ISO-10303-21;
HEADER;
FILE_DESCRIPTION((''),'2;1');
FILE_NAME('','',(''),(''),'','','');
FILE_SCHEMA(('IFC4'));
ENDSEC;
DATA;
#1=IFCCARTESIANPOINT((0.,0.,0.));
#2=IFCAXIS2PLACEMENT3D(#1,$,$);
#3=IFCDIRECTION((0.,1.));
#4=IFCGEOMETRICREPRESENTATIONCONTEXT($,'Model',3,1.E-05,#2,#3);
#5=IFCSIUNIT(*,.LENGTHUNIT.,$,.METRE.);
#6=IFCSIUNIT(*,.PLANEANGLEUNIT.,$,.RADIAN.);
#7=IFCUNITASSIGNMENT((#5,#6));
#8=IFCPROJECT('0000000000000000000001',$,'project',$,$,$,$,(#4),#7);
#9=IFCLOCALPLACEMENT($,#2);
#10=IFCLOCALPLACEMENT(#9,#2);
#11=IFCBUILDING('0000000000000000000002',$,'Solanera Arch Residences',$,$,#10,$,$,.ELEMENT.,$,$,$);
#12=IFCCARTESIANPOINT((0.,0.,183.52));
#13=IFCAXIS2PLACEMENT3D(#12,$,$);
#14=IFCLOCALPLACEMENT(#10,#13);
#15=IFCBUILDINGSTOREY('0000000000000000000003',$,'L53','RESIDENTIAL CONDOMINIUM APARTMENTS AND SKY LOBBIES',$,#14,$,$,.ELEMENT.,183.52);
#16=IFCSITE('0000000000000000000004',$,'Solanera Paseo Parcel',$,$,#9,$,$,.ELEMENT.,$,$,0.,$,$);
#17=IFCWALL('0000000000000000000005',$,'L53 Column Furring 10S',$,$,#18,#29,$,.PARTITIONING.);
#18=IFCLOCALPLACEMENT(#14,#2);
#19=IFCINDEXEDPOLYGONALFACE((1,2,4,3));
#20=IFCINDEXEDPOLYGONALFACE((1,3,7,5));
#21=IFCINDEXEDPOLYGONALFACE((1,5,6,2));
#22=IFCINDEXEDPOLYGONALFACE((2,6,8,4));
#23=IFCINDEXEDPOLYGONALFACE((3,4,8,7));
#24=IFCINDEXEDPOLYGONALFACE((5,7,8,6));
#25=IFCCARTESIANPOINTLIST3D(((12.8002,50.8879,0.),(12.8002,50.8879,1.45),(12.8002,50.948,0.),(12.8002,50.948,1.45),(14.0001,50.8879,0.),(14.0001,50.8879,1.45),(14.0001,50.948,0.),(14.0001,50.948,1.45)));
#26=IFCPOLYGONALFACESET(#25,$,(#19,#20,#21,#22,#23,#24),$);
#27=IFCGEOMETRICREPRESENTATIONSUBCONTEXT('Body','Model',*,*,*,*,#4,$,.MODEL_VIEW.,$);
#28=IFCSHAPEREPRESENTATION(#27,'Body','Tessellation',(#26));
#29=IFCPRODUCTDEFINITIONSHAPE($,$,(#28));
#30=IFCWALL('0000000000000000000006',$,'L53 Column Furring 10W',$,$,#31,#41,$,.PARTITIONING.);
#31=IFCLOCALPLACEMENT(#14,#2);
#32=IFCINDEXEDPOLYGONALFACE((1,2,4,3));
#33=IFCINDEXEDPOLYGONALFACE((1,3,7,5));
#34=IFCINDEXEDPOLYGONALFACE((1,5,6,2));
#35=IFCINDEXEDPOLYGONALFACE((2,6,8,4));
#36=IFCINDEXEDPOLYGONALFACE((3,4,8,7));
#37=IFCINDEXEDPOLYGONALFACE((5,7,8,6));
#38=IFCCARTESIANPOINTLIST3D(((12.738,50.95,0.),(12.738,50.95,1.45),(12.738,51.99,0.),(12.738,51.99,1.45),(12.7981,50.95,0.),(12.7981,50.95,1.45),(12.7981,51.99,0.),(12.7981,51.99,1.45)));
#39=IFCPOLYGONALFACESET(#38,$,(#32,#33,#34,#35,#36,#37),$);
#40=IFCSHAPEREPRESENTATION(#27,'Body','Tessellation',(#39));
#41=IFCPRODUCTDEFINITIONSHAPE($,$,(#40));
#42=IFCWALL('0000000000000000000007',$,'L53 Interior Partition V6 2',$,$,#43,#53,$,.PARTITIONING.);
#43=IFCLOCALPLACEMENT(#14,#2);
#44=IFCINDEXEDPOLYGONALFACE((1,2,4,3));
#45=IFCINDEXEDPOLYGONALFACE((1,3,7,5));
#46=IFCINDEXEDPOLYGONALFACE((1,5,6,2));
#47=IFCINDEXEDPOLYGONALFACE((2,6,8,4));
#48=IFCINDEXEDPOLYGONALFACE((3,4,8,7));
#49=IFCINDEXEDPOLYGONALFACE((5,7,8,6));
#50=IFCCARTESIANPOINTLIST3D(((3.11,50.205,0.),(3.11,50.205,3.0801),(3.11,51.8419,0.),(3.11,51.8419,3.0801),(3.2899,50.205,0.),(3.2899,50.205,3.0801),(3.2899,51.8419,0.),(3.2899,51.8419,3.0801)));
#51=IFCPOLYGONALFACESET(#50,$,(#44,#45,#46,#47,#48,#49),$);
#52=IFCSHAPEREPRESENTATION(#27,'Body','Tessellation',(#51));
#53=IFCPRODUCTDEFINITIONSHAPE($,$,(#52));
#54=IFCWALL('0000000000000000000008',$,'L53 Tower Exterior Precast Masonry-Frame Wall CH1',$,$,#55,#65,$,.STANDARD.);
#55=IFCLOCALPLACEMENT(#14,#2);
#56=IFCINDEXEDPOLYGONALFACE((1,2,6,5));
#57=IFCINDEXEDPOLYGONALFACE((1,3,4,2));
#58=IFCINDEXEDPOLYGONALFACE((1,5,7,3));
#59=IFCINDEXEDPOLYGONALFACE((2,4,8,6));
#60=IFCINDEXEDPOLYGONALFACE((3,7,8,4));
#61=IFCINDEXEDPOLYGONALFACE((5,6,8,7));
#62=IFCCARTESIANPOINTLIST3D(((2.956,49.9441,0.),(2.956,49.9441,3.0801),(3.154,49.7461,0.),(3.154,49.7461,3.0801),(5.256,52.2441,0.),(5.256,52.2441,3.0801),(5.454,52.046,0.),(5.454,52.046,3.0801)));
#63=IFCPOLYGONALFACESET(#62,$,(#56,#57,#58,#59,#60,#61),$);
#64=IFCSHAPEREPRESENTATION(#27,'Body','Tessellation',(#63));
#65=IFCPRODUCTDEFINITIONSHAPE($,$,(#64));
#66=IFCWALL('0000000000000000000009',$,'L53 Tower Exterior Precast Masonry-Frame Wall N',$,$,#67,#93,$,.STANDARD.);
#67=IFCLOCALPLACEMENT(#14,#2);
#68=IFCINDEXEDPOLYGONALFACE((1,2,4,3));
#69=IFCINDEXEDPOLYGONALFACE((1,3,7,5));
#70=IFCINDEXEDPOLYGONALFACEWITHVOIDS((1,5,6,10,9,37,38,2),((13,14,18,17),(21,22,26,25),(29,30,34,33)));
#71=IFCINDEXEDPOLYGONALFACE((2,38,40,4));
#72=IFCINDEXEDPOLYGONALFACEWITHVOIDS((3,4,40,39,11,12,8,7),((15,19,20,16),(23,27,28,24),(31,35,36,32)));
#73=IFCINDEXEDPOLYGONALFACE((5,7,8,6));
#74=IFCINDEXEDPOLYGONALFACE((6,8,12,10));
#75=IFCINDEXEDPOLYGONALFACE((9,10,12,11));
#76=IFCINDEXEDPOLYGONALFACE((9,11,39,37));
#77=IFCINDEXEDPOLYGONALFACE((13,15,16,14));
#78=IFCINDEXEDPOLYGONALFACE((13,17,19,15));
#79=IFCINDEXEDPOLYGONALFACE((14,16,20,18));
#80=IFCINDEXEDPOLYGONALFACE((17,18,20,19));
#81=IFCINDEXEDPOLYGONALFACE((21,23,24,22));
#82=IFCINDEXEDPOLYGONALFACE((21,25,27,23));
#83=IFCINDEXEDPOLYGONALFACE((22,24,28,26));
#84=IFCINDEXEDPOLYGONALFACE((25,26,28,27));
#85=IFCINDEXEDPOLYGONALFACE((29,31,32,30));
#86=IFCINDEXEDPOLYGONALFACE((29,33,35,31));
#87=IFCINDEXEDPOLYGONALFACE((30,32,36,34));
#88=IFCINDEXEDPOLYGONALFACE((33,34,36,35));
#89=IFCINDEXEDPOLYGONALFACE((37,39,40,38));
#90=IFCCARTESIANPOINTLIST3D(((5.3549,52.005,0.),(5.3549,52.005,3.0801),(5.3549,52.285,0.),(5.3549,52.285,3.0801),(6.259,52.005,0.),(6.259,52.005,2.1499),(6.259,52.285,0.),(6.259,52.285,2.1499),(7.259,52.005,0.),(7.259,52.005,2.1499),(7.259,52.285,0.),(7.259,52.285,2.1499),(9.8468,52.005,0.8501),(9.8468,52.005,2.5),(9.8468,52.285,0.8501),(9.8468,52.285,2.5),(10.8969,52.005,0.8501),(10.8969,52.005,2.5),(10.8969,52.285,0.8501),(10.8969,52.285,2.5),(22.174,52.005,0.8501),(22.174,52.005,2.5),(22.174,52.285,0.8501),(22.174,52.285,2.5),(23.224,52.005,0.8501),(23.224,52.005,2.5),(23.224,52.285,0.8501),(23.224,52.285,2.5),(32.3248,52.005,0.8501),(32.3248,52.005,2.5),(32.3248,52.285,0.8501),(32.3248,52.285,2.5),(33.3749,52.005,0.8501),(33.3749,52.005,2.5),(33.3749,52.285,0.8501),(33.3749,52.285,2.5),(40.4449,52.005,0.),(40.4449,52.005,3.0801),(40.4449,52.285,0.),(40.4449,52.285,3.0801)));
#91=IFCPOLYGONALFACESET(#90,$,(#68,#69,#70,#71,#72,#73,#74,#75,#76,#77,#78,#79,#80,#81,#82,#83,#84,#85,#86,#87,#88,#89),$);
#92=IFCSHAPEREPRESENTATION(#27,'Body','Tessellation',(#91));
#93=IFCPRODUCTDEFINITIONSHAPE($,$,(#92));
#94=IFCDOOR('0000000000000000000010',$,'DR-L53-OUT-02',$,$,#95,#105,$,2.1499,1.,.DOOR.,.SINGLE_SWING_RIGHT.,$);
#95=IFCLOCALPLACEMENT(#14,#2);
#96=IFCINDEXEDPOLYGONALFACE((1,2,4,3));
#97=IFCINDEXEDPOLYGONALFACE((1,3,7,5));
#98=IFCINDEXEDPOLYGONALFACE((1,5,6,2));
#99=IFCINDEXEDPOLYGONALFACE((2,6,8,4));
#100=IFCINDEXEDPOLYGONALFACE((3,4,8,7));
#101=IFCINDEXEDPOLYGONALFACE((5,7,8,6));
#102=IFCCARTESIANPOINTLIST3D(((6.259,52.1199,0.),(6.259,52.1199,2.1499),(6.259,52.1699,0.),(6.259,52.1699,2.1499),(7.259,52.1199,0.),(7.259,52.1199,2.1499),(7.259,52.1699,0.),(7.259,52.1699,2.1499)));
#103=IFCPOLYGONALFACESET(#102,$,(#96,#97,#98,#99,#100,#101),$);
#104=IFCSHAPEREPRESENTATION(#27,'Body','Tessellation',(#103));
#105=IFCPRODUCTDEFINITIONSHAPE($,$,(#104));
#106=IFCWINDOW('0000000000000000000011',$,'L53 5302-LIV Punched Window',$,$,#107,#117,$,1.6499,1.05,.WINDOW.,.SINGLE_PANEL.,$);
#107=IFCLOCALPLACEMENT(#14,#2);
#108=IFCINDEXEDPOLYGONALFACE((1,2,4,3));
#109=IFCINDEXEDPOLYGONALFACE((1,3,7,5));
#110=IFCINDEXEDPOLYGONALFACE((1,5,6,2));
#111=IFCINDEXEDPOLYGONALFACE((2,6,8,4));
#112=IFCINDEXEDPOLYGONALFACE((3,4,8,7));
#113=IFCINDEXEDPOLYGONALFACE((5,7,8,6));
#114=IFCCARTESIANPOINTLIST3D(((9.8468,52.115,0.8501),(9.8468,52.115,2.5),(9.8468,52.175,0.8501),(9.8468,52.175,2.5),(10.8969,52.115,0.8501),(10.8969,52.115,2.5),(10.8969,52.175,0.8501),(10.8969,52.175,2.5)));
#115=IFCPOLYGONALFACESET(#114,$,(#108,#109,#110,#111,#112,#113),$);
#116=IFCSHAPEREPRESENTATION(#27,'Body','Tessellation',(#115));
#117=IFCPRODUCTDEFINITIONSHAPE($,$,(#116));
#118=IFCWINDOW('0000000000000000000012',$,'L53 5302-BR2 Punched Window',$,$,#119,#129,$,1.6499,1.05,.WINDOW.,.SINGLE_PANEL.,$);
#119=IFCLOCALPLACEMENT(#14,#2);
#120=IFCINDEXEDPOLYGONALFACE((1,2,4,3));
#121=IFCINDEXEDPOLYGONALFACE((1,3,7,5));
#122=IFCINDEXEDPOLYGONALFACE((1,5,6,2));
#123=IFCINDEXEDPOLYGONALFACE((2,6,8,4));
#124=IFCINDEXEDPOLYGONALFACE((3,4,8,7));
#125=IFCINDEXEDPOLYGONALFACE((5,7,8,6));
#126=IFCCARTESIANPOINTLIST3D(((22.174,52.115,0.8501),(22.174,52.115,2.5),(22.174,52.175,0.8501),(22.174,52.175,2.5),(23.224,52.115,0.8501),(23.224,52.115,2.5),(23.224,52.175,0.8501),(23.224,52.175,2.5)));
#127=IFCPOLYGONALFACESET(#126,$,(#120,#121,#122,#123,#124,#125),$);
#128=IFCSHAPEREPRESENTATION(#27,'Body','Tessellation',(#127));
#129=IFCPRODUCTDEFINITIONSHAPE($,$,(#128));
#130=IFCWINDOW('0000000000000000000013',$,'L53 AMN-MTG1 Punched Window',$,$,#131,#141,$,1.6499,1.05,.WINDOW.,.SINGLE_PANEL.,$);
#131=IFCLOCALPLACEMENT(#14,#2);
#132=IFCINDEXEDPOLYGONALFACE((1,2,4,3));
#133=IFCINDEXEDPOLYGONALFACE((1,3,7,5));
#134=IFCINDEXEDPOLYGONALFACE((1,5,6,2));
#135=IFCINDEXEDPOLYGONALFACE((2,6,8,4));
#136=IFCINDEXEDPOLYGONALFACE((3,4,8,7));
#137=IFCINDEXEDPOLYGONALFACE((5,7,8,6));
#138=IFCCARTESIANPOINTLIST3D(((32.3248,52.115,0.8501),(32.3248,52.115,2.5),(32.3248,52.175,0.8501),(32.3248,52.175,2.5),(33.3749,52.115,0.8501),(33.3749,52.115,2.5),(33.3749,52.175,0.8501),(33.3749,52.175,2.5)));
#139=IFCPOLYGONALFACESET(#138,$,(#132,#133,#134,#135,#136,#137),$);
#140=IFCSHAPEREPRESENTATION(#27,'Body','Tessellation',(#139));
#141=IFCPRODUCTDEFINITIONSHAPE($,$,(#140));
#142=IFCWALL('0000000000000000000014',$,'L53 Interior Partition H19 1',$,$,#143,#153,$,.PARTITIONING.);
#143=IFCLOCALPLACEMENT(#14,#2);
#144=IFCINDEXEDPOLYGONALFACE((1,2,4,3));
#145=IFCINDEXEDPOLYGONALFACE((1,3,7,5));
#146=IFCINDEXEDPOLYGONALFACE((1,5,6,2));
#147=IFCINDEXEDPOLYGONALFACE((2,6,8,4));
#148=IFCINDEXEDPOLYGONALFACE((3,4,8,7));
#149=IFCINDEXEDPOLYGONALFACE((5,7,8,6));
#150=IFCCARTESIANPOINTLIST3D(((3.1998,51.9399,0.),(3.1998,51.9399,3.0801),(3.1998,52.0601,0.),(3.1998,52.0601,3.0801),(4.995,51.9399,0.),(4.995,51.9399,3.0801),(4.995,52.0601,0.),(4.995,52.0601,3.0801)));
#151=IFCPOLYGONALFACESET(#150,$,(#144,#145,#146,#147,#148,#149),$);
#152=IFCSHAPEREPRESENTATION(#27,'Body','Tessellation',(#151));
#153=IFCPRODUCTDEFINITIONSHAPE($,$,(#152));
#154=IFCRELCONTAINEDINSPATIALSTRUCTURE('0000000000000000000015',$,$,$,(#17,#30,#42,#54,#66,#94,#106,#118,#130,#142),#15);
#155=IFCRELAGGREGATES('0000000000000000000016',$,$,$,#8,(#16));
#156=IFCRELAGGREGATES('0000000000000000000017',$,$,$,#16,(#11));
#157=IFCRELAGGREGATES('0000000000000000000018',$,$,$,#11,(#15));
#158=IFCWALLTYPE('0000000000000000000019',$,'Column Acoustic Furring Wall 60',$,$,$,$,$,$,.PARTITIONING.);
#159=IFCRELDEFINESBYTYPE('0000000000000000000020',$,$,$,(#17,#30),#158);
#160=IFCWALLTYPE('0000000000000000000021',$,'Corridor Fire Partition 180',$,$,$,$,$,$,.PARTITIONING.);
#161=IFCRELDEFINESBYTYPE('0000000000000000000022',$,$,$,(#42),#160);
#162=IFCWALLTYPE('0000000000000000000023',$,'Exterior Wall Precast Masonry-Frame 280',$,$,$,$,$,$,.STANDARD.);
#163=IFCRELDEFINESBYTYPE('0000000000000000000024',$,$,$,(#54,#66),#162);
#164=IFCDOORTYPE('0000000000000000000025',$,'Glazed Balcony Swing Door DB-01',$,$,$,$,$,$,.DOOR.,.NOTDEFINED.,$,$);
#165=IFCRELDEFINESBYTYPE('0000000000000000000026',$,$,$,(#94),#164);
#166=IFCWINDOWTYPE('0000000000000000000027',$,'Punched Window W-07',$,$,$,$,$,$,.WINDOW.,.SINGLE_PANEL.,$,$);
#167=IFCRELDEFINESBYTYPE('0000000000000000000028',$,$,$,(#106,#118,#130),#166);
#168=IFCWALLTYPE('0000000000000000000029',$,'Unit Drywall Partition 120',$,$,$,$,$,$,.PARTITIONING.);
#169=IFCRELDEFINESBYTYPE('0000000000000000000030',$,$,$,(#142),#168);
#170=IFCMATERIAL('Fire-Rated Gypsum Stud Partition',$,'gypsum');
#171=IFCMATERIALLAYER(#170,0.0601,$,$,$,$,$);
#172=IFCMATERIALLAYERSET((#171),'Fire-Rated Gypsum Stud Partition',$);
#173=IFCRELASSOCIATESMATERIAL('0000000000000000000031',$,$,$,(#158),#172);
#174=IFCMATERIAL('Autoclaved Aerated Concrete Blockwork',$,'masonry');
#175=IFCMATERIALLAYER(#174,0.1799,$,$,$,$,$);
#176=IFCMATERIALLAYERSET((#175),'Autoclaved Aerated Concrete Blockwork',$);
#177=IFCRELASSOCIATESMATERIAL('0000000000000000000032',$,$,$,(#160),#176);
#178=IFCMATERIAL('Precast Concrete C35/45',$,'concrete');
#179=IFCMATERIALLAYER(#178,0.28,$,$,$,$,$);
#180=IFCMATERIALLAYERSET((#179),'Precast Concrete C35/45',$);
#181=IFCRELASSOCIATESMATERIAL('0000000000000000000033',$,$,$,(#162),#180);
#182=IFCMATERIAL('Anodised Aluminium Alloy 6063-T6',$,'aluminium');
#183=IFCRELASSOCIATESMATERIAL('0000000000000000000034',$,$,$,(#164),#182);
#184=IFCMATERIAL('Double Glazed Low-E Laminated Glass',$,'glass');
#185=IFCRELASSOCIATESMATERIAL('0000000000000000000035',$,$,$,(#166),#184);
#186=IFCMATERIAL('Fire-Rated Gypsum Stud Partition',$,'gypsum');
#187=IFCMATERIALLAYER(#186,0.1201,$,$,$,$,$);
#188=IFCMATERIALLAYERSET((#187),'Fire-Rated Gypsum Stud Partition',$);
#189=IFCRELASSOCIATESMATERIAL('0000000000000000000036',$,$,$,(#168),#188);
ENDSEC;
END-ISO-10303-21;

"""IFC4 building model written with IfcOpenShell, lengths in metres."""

from ifc_helpers import new_model, si_unit, direction, frame, frame_2d, origin, place, context, subcontext, project, spatial, rectangle, extrude, material, layer, layer_set, type_object, element, fill, save


model = new_model("IFC4")

# Units and contexts
model_context = context("Model", 3, precision=1e-05, world=origin(), true_north=direction((0.0, 1.0)))
body_context = subcontext(model_context, "Body", "Model", "MODEL_VIEW")
ifc_project = project(units=[si_unit("LENGTHUNIT", "METRE"), si_unit("PLANEANGLEUNIT", "RADIAN")], contexts=[model_context])

# Site, building, storey
site_placement = place(None, origin())
site = spatial("IfcSite", under=ifc_project, at=site_placement, Name="Solanera Paseo Parcel", CompositionType="ELEMENT", RefElevation=0.0)
building_placement = place(site_placement, origin())
building = spatial("IfcBuilding", under=site, at=building_placement, Name="Solanera Arch Residences", CompositionType="ELEMENT")
storey_placement = place(building_placement, frame((0.0, 0.0, 183.52)))
storey = spatial("IfcBuildingStorey", under=building, at=storey_placement, Name="L53", Description="RESIDENTIAL CONDOMINIUM APARTMENTS AND SKY LOBBIES", CompositionType="ELEMENT", Elevation=183.52)

# Walls
ifc_material_1 = material(Name="Fire-Rated Gypsum Stud Partition", Category="gypsum")
ifc_layer_1 = layer(ifc_material_1, 0.0601)
ifc_layer_set_1 = layer_set([ifc_layer_1], Name="Fire-Rated Gypsum Stud Partition")
wall_type_1 = type_object("IfcWallType", Name="Column Acoustic Furring Wall 60", PredefinedType="PARTITIONING", material=ifc_layer_set_1)
wall_1_placement = place(storey_placement, frame((12.8, 50.918, 0.0), z_axis=(0.0, 0.0, 1.0), x_axis=(1.0, 0.0, 0.0)))
element("IfcWall", 1, at=wall_1_placement, inside=storey, type_object=wall_type_1, Name="L53 Column Furring 10S", PredefinedType="PARTITIONING", context=body_context, shape_type="SweptSolid", body=[
    extrude(rectangle(XDim=1.2, YDim=0.0601, at=frame_2d((0.6001, 0.0))), origin(), (0.0, 0.0, 1.0), 1.45),
])
wall_2_placement = place(storey_placement, frame((12.7681, 50.95, 0.0), z_axis=(0.0, 0.0, 1.0), x_axis=(0.0, 1.0, 0.0)))
element("IfcWall", 2, at=wall_2_placement, inside=storey, type_object=wall_type_1, Name="L53 Column Furring 10W", PredefinedType="PARTITIONING", context=body_context, shape_type="SweptSolid", body=[
    extrude(rectangle(XDim=1.04, YDim=0.0601, at=frame_2d((0.52, 0.0))), origin(), (0.0, 0.0, 1.0), 1.45),
])
ifc_material_2 = material(Name="Autoclaved Aerated Concrete Blockwork", Category="masonry")
ifc_layer_2 = layer(ifc_material_2, 0.1799)
ifc_layer_set_2 = layer_set([ifc_layer_2], Name="Autoclaved Aerated Concrete Blockwork")
wall_type_2 = type_object("IfcWallType", Name="Corridor Fire Partition 180", PredefinedType="PARTITIONING", material=ifc_layer_set_2)
wall_3_placement = place(storey_placement, frame((3.2, 50.2051, 0.0), z_axis=(0.0, 0.0, 1.0), x_axis=(0.0, 1.0, 0.0)))
element("IfcWall", 3, at=wall_3_placement, inside=storey, type_object=wall_type_2, Name="L53 Interior Partition V6 2", PredefinedType="PARTITIONING", context=body_context, shape_type="SweptSolid", body=[
    extrude(rectangle(XDim=1.637, YDim=0.1799, at=frame_2d((0.8184, 0.0))), origin(), (0.0, 0.0, 1.0), 3.0801),
])
ifc_material_3 = material(Name="Precast Concrete C35/45", Category="concrete")
ifc_layer_3 = layer(ifc_material_3, 0.28)
ifc_layer_set_3 = layer_set([ifc_layer_3], Name="Precast Concrete C35/45")
wall_type_3 = type_object("IfcWallType", Name="Exterior Wall Precast Masonry-Frame 280", PredefinedType="STANDARD", material=ifc_layer_set_3)
wall_4_placement = place(storey_placement, frame((3.0549, 49.845, 0.0), z_axis=(0.0, 0.0, 1.0), x_axis=(0.707107, 0.707107, 0.0)))
element("IfcWall", 4, at=wall_4_placement, inside=storey, type_object=wall_type_3, Name="L53 Tower Exterior Precast Masonry-Frame Wall CH1", PredefinedType="STANDARD", context=body_context, shape_type="SweptSolid", body=[
    extrude(rectangle(XDim=3.2527, YDim=0.28, at=frame_2d((1.6265, 0.0))), origin(), (0.0, 0.0, 1.0), 3.0801),
])

# Wall, openings, door, windows
wall_5_placement = place(storey_placement, frame((5.355, 52.145, 0.0), z_axis=(0.0, 0.0, 1.0), x_axis=(1.0, 0.0, 0.0)))
wall_5 = element("IfcWall", 5, at=wall_5_placement, inside=storey, type_object=wall_type_3, Name="L53 Tower Exterior Precast Masonry-Frame Wall N", PredefinedType="STANDARD", context=body_context, shape_type="SweptSolid", body=[
    extrude(rectangle(XDim=35.0901, YDim=0.28, at=frame_2d((17.5449, 0.0))), origin(), (0.0, 0.0, 1.0), 3.0801),
])
opening_1_placement = place(wall_5_placement, frame((0.9041, 0.0, 0.0)))
opening_1 = element("IfcOpeningElement", 6, at=opening_1_placement, cuts=wall_5, PredefinedType="OPENING", context=body_context, shape_type="SweptSolid", body=[
    extrude(rectangle(XDim=1.0, YDim=2.1499, at=frame_2d((0.5, 1.075))), frame((0.0, 0.1499, 0.0), z_axis=(0.0, -1.0, 0.0), x_axis=(1.0, 0.0, 0.0)), (0.0, 0.0, 1.0), 0.3),
])
opening_2_placement = place(wall_5_placement, frame((4.4919, 0.0, 0.8501)))
opening_2 = element("IfcOpeningElement", 7, at=opening_2_placement, cuts=wall_5, PredefinedType="OPENING", context=body_context, shape_type="SweptSolid", body=[
    extrude(rectangle(XDim=1.05, YDim=1.6499, at=frame_2d((0.5249, 0.825))), frame((0.0, 0.1499, 0.0), z_axis=(0.0, -1.0, 0.0), x_axis=(1.0, 0.0, 0.0)), (0.0, 0.0, 1.0), 0.3),
])
opening_3_placement = place(wall_5_placement, frame((16.8191, 0.0, 0.8501)))
opening_3 = element("IfcOpeningElement", 8, at=opening_3_placement, cuts=wall_5, PredefinedType="OPENING", context=body_context, shape_type="SweptSolid", body=[
    extrude(rectangle(XDim=1.05, YDim=1.6499, at=frame_2d((0.5249, 0.825))), frame((0.0, 0.1499, 0.0), z_axis=(0.0, -1.0, 0.0), x_axis=(1.0, 0.0, 0.0)), (0.0, 0.0, 1.0), 0.3),
])
opening_4_placement = place(wall_5_placement, frame((26.97, 0.0, 0.8501)))
opening_4 = element("IfcOpeningElement", 9, at=opening_4_placement, cuts=wall_5, PredefinedType="OPENING", context=body_context, shape_type="SweptSolid", body=[
    extrude(rectangle(XDim=1.05, YDim=1.6499, at=frame_2d((0.5249, 0.825))), frame((0.0, 0.1499, 0.0), z_axis=(0.0, -1.0, 0.0), x_axis=(1.0, 0.0, 0.0)), (0.0, 0.0, 1.0), 0.3),
])
ifc_material_4 = material(Name="Anodised Aluminium Alloy 6063-T6", Category="aluminium")
door_type_1 = type_object("IfcDoorType", Name="Glazed Balcony Swing Door DB-01", OperationType="NOTDEFINED", PredefinedType="DOOR", material=ifc_material_4)
door_1_placement = place(opening_1_placement, origin())
door_1 = element("IfcDoor", 10, at=door_1_placement, inside=storey, type_object=door_type_1, Name="DR-L53-OUT-02", OperationType="SINGLE_SWING_RIGHT", OverallHeight=2.1499, OverallWidth=1.0, PredefinedType="DOOR", context=body_context, shape_type="SweptSolid", body=[
    extrude(rectangle(XDim=1.0, YDim=2.1499, at=frame_2d((0.5, 1.075))), frame((0.0, 0.0249, 0.0), z_axis=(0.0, -1.0, 0.0), x_axis=(1.0, 0.0, 0.0)), (0.0, 0.0, 1.0), 0.05),
])
fill(opening_1, door_1)
ifc_material_5 = material(Name="Double Glazed Low-E Laminated Glass", Category="glass")
window_type = type_object("IfcWindowType", Name="Punched Window W-07", PartitioningType="SINGLE_PANEL", PredefinedType="WINDOW", material=ifc_material_5)
window_1_placement = place(opening_2_placement, origin())
window_1 = element("IfcWindow", 11, at=window_1_placement, inside=storey, type_object=window_type, Name="L53 5302-LIV Punched Window", OverallHeight=1.6499, OverallWidth=1.05, PartitioningType="SINGLE_PANEL", PredefinedType="WINDOW", context=body_context, shape_type="SweptSolid", body=[
    extrude(rectangle(XDim=1.05, YDim=1.6499, at=frame_2d((0.5249, 0.825))), frame((0.0, 0.03, 0.0), z_axis=(0.0, -1.0, 0.0), x_axis=(1.0, 0.0, 0.0)), (0.0, 0.0, 1.0), 0.0601),
])
fill(opening_2, window_1)
window_2_placement = place(opening_3_placement, origin())
window_2 = element("IfcWindow", 12, at=window_2_placement, inside=storey, type_object=window_type, Name="L53 5302-BR2 Punched Window", OverallHeight=1.6499, OverallWidth=1.05, PartitioningType="SINGLE_PANEL", PredefinedType="WINDOW", context=body_context, shape_type="SweptSolid", body=[
    extrude(rectangle(XDim=1.05, YDim=1.6499, at=frame_2d((0.5249, 0.825))), frame((0.0, 0.03, 0.0), z_axis=(0.0, -1.0, 0.0), x_axis=(1.0, 0.0, 0.0)), (0.0, 0.0, 1.0), 0.0601),
])
fill(opening_3, window_2)
window_3_placement = place(opening_4_placement, origin())
window_3 = element("IfcWindow", 13, at=window_3_placement, inside=storey, type_object=window_type, Name="L53 AMN-MTG1 Punched Window", OverallHeight=1.6499, OverallWidth=1.05, PartitioningType="SINGLE_PANEL", PredefinedType="WINDOW", context=body_context, shape_type="SweptSolid", body=[
    extrude(rectangle(XDim=1.05, YDim=1.6499, at=frame_2d((0.5249, 0.825))), frame((0.0, 0.03, 0.0), z_axis=(0.0, -1.0, 0.0), x_axis=(1.0, 0.0, 0.0)), (0.0, 0.0, 1.0), 0.0601),
])
fill(opening_4, window_3)

# Wall
ifc_material_6 = material(Name="Fire-Rated Gypsum Stud Partition", Category="gypsum")
ifc_layer_4 = layer(ifc_material_6, 0.1201)
ifc_layer_set_4 = layer_set([ifc_layer_4], Name="Fire-Rated Gypsum Stud Partition")
wall_type_4 = type_object("IfcWallType", Name="Unit Drywall Partition 120", PredefinedType="PARTITIONING", material=ifc_layer_set_4)
wall_6_placement = place(storey_placement, frame((3.2, 52.0, 0.0), z_axis=(0.0, 0.0, 1.0), x_axis=(1.0, 0.0, 0.0)))
element("IfcWall", 14, at=wall_6_placement, inside=storey, type_object=wall_type_4, Name="L53 Interior Partition H19 1", PredefinedType="PARTITIONING", context=body_context, shape_type="SweptSolid", body=[
    extrude(rectangle(XDim=1.7952, YDim=0.1201, at=frame_2d((0.8975, 0.0))), origin(), (0.0, 0.0, 1.0), 3.0801),
])

save(model, "model.ifc")
